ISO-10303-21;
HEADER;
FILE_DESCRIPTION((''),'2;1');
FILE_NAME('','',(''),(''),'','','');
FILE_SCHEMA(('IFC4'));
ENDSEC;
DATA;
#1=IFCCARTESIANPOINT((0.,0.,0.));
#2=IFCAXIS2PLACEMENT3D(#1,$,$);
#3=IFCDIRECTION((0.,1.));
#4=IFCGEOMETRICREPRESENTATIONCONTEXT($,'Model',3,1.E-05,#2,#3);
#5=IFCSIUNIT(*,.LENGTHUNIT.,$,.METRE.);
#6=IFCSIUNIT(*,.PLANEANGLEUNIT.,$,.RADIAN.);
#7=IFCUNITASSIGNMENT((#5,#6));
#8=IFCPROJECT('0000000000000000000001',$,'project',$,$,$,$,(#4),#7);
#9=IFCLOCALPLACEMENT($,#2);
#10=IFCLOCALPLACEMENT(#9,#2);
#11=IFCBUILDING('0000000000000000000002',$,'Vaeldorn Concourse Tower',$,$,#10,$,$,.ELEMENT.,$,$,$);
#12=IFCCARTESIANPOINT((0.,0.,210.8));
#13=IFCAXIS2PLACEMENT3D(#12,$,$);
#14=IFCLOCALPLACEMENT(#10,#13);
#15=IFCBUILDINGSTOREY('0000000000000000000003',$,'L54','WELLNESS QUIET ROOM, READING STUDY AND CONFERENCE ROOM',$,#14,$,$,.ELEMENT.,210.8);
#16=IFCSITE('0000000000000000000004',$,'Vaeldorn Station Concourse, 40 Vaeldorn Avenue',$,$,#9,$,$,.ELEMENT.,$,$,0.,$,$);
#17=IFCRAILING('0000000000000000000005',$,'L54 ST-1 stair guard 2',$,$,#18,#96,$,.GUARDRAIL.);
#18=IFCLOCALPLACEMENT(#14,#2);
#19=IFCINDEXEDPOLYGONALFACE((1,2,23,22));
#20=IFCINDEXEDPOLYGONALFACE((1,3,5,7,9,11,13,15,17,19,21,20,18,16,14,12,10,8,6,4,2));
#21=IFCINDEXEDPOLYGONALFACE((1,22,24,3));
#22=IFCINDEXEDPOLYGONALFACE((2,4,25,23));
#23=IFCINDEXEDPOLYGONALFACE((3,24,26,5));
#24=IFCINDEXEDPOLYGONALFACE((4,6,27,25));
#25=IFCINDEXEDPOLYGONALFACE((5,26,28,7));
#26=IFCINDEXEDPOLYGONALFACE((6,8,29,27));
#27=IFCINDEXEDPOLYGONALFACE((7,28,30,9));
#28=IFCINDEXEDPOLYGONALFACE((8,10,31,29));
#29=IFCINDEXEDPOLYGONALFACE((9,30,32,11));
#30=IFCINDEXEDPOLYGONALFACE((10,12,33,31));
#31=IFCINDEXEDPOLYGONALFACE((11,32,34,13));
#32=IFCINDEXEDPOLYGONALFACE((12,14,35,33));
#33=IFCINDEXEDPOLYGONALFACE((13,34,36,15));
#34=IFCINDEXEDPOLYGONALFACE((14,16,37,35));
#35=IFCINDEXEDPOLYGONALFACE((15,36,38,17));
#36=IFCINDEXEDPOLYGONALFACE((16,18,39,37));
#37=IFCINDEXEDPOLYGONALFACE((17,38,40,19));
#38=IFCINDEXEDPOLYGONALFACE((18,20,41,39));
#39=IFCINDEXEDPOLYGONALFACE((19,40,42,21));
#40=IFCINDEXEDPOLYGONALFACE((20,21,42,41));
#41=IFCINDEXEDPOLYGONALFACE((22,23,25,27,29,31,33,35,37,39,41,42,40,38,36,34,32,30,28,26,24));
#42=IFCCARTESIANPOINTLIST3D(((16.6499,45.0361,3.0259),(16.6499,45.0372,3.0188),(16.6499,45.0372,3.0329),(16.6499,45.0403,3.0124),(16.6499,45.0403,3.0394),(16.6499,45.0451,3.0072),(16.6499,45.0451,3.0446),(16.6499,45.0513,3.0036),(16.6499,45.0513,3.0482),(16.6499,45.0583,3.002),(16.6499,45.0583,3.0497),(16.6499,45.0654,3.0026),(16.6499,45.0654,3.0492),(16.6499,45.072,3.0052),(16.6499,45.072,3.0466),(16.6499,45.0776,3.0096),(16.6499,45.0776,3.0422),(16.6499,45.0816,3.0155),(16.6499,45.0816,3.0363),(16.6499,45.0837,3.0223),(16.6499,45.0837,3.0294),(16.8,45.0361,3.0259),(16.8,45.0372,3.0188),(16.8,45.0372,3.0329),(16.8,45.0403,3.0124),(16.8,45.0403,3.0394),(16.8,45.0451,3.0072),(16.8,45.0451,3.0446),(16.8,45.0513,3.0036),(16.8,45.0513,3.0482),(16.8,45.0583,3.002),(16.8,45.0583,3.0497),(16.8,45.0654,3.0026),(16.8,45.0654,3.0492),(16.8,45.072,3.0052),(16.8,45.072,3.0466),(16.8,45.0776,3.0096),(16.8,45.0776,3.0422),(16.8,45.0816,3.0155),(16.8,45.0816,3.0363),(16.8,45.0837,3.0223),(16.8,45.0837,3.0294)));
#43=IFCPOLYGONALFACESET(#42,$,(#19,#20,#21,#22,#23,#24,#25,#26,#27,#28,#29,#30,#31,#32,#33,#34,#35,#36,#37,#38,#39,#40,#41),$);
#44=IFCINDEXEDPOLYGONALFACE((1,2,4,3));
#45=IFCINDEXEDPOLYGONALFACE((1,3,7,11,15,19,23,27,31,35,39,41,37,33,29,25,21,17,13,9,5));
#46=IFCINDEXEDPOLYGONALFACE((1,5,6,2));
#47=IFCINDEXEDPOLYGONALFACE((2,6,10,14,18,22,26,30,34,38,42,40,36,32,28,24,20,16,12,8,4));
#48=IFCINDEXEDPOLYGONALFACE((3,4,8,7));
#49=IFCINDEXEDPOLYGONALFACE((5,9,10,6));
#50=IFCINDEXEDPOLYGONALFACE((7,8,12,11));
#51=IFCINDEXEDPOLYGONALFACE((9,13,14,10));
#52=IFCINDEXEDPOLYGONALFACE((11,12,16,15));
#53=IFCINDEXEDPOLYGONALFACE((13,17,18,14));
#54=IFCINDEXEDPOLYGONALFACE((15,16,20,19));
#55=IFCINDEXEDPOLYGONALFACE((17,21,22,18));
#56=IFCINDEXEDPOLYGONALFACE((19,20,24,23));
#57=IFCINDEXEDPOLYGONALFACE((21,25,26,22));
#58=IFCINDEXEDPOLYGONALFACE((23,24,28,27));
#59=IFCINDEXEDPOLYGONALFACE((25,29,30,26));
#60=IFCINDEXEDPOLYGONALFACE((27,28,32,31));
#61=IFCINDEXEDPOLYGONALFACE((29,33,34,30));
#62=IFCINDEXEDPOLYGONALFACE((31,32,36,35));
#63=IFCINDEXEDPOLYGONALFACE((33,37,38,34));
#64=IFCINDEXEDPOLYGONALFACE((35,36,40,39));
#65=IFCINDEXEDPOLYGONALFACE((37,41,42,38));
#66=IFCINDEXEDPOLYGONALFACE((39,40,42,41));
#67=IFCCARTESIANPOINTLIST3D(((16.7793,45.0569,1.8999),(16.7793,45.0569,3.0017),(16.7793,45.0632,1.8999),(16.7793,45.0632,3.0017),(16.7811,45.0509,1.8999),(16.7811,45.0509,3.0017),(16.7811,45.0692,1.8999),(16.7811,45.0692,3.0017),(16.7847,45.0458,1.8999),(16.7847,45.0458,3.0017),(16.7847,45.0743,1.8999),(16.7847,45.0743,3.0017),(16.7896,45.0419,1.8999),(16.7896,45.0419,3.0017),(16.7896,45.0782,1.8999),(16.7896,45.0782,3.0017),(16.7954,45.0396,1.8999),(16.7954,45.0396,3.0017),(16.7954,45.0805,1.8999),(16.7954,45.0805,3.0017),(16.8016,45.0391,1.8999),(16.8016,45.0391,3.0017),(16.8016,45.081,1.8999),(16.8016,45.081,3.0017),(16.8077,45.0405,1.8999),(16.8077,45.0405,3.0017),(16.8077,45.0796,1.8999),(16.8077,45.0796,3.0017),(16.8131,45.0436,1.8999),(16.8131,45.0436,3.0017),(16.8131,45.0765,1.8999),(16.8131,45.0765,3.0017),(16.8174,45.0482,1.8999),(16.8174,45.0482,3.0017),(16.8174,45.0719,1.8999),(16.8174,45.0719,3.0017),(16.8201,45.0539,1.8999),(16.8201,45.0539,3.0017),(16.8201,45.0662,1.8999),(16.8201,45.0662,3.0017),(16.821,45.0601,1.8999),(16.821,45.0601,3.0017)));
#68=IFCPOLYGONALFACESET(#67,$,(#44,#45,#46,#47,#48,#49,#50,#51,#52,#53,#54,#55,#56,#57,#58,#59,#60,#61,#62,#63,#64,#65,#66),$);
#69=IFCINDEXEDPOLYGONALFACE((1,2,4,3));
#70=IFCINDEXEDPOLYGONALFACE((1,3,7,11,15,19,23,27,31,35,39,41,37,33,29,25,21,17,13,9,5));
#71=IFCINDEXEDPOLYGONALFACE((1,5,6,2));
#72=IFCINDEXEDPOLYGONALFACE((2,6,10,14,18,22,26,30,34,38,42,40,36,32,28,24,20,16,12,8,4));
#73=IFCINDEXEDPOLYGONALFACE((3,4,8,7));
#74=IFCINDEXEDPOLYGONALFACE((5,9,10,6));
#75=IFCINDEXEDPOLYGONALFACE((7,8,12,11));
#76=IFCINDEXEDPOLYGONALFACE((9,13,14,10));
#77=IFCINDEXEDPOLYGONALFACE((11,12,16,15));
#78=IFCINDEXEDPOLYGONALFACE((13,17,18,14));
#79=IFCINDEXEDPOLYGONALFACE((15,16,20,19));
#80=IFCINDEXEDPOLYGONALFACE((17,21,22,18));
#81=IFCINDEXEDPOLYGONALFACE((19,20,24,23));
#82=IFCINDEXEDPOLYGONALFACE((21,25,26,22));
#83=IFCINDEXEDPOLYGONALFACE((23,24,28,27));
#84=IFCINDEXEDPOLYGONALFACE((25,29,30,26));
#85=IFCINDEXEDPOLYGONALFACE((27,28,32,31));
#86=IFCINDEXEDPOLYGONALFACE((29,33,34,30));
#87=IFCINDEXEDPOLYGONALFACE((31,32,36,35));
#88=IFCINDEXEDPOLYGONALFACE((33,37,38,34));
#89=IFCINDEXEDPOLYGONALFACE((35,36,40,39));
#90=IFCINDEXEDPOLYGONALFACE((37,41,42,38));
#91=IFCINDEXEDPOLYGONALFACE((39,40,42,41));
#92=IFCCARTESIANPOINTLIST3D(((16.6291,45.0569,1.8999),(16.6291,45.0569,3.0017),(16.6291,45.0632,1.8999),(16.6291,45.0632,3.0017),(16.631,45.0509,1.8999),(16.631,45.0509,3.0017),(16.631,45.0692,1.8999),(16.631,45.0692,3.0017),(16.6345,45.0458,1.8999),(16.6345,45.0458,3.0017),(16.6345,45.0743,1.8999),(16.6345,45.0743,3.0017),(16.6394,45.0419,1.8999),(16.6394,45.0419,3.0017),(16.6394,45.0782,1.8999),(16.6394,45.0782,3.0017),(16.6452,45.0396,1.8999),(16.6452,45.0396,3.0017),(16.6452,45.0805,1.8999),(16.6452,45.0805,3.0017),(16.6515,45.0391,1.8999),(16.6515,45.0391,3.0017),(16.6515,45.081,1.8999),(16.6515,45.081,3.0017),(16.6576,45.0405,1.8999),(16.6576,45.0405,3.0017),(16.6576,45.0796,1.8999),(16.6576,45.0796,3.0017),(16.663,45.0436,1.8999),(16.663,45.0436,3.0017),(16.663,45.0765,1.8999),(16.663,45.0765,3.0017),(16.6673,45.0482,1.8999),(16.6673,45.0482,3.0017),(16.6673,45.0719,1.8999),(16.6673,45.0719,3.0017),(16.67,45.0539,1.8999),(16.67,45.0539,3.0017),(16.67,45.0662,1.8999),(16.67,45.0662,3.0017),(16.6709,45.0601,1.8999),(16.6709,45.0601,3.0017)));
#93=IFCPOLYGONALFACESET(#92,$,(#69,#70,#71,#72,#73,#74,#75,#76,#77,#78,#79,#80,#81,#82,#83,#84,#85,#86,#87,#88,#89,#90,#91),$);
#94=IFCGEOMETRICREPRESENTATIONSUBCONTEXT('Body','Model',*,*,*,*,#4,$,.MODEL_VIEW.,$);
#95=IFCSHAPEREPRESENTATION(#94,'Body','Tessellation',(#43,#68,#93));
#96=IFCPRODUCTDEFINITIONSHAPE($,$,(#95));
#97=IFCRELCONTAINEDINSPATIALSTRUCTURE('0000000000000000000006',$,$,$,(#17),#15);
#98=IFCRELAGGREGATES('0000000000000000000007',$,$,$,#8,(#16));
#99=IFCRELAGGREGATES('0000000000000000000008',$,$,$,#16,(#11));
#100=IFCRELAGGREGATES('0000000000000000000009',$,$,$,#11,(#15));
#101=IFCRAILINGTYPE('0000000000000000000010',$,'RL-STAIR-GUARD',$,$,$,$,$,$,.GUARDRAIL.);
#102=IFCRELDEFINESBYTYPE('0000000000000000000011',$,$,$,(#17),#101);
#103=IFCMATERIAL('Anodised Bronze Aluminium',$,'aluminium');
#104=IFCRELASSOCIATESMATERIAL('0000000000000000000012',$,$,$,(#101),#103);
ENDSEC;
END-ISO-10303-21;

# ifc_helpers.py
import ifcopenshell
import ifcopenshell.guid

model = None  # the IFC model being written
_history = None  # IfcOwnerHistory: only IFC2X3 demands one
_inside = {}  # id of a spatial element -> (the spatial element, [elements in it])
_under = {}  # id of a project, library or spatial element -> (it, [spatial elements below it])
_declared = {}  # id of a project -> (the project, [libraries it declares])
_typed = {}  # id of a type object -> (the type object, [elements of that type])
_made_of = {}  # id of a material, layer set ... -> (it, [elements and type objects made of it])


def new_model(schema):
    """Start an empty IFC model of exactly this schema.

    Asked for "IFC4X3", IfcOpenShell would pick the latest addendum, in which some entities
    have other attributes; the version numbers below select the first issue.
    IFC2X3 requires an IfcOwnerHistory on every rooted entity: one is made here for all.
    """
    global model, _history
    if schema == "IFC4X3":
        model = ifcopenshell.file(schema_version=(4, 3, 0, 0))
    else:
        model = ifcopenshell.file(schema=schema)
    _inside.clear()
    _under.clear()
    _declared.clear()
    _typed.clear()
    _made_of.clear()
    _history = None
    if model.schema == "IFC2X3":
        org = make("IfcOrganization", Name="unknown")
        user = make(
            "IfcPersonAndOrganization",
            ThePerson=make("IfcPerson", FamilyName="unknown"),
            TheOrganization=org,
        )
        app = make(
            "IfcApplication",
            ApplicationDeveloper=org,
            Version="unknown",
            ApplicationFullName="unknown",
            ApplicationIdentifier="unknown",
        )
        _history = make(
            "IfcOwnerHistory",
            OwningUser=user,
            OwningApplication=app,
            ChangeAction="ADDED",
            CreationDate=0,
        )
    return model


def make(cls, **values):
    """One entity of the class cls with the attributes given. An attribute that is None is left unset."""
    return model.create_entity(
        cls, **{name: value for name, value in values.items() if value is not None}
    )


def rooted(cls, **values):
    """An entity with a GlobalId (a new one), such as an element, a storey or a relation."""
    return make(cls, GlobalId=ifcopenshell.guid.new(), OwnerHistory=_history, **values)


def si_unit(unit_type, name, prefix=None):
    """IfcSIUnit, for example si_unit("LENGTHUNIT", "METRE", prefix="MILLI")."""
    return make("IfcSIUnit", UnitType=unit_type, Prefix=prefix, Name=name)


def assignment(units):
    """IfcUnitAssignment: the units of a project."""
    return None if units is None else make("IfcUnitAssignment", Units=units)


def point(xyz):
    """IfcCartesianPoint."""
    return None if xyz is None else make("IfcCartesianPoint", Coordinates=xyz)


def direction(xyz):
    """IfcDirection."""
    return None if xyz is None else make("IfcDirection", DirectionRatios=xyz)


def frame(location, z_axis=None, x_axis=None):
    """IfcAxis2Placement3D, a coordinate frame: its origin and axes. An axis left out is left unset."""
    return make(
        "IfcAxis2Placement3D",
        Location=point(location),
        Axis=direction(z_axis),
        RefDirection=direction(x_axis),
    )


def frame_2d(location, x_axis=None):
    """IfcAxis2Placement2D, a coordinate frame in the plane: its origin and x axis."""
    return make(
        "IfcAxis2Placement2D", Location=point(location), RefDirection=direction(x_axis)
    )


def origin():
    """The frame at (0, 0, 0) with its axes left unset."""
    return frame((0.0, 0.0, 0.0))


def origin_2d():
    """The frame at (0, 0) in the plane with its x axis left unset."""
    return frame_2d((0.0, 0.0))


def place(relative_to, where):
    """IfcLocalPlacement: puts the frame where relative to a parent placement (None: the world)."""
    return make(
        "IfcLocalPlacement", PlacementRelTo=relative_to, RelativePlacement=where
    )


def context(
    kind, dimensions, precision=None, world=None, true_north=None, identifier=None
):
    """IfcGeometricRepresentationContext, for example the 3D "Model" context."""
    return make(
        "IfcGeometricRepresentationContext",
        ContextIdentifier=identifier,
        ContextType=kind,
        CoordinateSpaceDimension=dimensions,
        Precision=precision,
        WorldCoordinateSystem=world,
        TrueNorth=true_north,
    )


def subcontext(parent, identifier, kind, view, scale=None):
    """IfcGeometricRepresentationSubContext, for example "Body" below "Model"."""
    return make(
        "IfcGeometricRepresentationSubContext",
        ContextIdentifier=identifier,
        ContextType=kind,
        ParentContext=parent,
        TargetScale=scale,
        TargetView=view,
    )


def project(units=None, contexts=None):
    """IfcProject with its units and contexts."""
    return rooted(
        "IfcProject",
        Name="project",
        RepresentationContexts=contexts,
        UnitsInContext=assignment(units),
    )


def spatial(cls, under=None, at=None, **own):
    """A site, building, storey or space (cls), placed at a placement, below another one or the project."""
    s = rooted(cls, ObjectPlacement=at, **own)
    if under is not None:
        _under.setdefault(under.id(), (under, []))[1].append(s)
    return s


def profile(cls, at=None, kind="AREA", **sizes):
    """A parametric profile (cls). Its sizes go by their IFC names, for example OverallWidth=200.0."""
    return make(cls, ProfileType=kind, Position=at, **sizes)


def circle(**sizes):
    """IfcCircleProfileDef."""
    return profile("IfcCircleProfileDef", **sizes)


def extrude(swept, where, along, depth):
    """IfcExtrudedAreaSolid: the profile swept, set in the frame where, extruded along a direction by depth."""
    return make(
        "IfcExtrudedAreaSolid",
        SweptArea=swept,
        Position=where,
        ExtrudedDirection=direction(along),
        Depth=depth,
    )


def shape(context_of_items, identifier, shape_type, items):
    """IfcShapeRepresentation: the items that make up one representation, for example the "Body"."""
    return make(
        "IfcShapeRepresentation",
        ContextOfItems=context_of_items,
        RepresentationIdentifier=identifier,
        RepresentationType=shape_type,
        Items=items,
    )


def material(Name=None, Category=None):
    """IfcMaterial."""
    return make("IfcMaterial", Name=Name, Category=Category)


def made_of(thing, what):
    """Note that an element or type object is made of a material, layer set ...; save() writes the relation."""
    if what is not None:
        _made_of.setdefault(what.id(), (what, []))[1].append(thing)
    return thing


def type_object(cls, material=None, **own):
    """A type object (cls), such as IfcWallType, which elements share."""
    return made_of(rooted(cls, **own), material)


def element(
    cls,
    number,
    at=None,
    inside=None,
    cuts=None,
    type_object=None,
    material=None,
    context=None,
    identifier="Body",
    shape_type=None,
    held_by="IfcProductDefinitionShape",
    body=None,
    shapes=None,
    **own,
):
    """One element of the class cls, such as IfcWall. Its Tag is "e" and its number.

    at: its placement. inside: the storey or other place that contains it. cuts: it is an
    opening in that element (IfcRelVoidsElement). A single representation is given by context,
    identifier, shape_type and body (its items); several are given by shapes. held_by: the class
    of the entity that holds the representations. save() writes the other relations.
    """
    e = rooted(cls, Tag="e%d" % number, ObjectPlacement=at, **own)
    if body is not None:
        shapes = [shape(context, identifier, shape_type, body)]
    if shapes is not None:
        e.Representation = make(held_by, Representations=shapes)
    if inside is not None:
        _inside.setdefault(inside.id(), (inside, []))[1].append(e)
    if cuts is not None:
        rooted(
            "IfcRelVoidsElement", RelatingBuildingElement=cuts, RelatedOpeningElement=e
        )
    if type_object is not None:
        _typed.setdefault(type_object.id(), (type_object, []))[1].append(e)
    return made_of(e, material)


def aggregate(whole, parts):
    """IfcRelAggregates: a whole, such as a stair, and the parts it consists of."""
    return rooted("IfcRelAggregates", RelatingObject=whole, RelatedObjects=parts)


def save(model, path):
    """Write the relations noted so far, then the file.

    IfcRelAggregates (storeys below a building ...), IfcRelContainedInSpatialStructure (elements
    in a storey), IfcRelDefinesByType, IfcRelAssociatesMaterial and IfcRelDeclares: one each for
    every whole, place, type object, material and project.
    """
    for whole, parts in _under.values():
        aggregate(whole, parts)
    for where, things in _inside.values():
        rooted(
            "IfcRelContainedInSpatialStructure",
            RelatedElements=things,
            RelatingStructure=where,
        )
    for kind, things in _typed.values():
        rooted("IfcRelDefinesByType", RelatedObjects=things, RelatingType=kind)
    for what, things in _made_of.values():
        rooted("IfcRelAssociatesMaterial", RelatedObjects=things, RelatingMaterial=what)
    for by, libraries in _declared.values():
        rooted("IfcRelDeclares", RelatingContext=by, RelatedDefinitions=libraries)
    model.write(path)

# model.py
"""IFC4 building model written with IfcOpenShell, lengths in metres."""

from ifc_helpers import new_model, si_unit, direction, frame, origin, origin_2d, place, context, subcontext, project, spatial, circle, extrude, material, type_object, element, save


model = new_model("IFC4")

# Units and contexts
model_context = context("Model", 3, precision=1e-05, world=origin(), true_north=direction((0.0, 1.0)))
body_context = subcontext(model_context, "Body", "Model", "MODEL_VIEW")
ifc_project = project(units=[si_unit("LENGTHUNIT", "METRE"), si_unit("PLANEANGLEUNIT", "RADIAN")], contexts=[model_context])

# Site, building, storey
site_placement = place(None, origin())
site = spatial("IfcSite", under=ifc_project, at=site_placement, Name="Vaeldorn Station Concourse, 40 Vaeldorn Avenue", CompositionType="ELEMENT", RefElevation=0.0)
building_placement = place(site_placement, origin())
building = spatial("IfcBuilding", under=site, at=building_placement, Name="Vaeldorn Concourse Tower", CompositionType="ELEMENT")
storey_placement = place(building_placement, frame((0.0, 0.0, 210.8)))
storey = spatial("IfcBuildingStorey", under=building, at=storey_placement, Name="L54", Description="WELLNESS QUIET ROOM, READING STUDY AND CONFERENCE ROOM", CompositionType="ELEMENT", Elevation=210.8)

# Shared definitions
ifc_material_1 = material(Name="Anodised Bronze Aluminium", Category="aluminium")

# Railing
railing_type_1 = type_object("IfcRailingType", Name="RL-STAIR-GUARD", PredefinedType="GUARDRAIL", material=ifc_material_1)
railing_1_placement = place(storey_placement, frame((16.8, 45.0601, 1.8999)))
element("IfcRailing", 1, at=railing_1_placement, inside=storey, type_object=railing_type_1, Name="L54 ST-1 stair guard 2", PredefinedType="GUARDRAIL", context=body_context, shape_type="SweptSolid", body=[
    extrude(circle(Radius=0.0239, at=origin_2d()), frame((0.0, 0.0, 1.126), z_axis=(-1.0, 0.0, 0.0), x_axis=(0.0, -1.0, 0.0)), (0.0, 0.0, 1.0), 0.1501),
    extrude(circle(Radius=0.021, at=origin_2d()), origin(), (0.0, 0.0, 1.0), 1.1018),
    extrude(circle(Radius=0.021, at=origin_2d()), frame((-0.1501, 0.0, 0.0)), (0.0, 0.0, 1.0), 1.1018),
])

save(model, "model.ifc")
